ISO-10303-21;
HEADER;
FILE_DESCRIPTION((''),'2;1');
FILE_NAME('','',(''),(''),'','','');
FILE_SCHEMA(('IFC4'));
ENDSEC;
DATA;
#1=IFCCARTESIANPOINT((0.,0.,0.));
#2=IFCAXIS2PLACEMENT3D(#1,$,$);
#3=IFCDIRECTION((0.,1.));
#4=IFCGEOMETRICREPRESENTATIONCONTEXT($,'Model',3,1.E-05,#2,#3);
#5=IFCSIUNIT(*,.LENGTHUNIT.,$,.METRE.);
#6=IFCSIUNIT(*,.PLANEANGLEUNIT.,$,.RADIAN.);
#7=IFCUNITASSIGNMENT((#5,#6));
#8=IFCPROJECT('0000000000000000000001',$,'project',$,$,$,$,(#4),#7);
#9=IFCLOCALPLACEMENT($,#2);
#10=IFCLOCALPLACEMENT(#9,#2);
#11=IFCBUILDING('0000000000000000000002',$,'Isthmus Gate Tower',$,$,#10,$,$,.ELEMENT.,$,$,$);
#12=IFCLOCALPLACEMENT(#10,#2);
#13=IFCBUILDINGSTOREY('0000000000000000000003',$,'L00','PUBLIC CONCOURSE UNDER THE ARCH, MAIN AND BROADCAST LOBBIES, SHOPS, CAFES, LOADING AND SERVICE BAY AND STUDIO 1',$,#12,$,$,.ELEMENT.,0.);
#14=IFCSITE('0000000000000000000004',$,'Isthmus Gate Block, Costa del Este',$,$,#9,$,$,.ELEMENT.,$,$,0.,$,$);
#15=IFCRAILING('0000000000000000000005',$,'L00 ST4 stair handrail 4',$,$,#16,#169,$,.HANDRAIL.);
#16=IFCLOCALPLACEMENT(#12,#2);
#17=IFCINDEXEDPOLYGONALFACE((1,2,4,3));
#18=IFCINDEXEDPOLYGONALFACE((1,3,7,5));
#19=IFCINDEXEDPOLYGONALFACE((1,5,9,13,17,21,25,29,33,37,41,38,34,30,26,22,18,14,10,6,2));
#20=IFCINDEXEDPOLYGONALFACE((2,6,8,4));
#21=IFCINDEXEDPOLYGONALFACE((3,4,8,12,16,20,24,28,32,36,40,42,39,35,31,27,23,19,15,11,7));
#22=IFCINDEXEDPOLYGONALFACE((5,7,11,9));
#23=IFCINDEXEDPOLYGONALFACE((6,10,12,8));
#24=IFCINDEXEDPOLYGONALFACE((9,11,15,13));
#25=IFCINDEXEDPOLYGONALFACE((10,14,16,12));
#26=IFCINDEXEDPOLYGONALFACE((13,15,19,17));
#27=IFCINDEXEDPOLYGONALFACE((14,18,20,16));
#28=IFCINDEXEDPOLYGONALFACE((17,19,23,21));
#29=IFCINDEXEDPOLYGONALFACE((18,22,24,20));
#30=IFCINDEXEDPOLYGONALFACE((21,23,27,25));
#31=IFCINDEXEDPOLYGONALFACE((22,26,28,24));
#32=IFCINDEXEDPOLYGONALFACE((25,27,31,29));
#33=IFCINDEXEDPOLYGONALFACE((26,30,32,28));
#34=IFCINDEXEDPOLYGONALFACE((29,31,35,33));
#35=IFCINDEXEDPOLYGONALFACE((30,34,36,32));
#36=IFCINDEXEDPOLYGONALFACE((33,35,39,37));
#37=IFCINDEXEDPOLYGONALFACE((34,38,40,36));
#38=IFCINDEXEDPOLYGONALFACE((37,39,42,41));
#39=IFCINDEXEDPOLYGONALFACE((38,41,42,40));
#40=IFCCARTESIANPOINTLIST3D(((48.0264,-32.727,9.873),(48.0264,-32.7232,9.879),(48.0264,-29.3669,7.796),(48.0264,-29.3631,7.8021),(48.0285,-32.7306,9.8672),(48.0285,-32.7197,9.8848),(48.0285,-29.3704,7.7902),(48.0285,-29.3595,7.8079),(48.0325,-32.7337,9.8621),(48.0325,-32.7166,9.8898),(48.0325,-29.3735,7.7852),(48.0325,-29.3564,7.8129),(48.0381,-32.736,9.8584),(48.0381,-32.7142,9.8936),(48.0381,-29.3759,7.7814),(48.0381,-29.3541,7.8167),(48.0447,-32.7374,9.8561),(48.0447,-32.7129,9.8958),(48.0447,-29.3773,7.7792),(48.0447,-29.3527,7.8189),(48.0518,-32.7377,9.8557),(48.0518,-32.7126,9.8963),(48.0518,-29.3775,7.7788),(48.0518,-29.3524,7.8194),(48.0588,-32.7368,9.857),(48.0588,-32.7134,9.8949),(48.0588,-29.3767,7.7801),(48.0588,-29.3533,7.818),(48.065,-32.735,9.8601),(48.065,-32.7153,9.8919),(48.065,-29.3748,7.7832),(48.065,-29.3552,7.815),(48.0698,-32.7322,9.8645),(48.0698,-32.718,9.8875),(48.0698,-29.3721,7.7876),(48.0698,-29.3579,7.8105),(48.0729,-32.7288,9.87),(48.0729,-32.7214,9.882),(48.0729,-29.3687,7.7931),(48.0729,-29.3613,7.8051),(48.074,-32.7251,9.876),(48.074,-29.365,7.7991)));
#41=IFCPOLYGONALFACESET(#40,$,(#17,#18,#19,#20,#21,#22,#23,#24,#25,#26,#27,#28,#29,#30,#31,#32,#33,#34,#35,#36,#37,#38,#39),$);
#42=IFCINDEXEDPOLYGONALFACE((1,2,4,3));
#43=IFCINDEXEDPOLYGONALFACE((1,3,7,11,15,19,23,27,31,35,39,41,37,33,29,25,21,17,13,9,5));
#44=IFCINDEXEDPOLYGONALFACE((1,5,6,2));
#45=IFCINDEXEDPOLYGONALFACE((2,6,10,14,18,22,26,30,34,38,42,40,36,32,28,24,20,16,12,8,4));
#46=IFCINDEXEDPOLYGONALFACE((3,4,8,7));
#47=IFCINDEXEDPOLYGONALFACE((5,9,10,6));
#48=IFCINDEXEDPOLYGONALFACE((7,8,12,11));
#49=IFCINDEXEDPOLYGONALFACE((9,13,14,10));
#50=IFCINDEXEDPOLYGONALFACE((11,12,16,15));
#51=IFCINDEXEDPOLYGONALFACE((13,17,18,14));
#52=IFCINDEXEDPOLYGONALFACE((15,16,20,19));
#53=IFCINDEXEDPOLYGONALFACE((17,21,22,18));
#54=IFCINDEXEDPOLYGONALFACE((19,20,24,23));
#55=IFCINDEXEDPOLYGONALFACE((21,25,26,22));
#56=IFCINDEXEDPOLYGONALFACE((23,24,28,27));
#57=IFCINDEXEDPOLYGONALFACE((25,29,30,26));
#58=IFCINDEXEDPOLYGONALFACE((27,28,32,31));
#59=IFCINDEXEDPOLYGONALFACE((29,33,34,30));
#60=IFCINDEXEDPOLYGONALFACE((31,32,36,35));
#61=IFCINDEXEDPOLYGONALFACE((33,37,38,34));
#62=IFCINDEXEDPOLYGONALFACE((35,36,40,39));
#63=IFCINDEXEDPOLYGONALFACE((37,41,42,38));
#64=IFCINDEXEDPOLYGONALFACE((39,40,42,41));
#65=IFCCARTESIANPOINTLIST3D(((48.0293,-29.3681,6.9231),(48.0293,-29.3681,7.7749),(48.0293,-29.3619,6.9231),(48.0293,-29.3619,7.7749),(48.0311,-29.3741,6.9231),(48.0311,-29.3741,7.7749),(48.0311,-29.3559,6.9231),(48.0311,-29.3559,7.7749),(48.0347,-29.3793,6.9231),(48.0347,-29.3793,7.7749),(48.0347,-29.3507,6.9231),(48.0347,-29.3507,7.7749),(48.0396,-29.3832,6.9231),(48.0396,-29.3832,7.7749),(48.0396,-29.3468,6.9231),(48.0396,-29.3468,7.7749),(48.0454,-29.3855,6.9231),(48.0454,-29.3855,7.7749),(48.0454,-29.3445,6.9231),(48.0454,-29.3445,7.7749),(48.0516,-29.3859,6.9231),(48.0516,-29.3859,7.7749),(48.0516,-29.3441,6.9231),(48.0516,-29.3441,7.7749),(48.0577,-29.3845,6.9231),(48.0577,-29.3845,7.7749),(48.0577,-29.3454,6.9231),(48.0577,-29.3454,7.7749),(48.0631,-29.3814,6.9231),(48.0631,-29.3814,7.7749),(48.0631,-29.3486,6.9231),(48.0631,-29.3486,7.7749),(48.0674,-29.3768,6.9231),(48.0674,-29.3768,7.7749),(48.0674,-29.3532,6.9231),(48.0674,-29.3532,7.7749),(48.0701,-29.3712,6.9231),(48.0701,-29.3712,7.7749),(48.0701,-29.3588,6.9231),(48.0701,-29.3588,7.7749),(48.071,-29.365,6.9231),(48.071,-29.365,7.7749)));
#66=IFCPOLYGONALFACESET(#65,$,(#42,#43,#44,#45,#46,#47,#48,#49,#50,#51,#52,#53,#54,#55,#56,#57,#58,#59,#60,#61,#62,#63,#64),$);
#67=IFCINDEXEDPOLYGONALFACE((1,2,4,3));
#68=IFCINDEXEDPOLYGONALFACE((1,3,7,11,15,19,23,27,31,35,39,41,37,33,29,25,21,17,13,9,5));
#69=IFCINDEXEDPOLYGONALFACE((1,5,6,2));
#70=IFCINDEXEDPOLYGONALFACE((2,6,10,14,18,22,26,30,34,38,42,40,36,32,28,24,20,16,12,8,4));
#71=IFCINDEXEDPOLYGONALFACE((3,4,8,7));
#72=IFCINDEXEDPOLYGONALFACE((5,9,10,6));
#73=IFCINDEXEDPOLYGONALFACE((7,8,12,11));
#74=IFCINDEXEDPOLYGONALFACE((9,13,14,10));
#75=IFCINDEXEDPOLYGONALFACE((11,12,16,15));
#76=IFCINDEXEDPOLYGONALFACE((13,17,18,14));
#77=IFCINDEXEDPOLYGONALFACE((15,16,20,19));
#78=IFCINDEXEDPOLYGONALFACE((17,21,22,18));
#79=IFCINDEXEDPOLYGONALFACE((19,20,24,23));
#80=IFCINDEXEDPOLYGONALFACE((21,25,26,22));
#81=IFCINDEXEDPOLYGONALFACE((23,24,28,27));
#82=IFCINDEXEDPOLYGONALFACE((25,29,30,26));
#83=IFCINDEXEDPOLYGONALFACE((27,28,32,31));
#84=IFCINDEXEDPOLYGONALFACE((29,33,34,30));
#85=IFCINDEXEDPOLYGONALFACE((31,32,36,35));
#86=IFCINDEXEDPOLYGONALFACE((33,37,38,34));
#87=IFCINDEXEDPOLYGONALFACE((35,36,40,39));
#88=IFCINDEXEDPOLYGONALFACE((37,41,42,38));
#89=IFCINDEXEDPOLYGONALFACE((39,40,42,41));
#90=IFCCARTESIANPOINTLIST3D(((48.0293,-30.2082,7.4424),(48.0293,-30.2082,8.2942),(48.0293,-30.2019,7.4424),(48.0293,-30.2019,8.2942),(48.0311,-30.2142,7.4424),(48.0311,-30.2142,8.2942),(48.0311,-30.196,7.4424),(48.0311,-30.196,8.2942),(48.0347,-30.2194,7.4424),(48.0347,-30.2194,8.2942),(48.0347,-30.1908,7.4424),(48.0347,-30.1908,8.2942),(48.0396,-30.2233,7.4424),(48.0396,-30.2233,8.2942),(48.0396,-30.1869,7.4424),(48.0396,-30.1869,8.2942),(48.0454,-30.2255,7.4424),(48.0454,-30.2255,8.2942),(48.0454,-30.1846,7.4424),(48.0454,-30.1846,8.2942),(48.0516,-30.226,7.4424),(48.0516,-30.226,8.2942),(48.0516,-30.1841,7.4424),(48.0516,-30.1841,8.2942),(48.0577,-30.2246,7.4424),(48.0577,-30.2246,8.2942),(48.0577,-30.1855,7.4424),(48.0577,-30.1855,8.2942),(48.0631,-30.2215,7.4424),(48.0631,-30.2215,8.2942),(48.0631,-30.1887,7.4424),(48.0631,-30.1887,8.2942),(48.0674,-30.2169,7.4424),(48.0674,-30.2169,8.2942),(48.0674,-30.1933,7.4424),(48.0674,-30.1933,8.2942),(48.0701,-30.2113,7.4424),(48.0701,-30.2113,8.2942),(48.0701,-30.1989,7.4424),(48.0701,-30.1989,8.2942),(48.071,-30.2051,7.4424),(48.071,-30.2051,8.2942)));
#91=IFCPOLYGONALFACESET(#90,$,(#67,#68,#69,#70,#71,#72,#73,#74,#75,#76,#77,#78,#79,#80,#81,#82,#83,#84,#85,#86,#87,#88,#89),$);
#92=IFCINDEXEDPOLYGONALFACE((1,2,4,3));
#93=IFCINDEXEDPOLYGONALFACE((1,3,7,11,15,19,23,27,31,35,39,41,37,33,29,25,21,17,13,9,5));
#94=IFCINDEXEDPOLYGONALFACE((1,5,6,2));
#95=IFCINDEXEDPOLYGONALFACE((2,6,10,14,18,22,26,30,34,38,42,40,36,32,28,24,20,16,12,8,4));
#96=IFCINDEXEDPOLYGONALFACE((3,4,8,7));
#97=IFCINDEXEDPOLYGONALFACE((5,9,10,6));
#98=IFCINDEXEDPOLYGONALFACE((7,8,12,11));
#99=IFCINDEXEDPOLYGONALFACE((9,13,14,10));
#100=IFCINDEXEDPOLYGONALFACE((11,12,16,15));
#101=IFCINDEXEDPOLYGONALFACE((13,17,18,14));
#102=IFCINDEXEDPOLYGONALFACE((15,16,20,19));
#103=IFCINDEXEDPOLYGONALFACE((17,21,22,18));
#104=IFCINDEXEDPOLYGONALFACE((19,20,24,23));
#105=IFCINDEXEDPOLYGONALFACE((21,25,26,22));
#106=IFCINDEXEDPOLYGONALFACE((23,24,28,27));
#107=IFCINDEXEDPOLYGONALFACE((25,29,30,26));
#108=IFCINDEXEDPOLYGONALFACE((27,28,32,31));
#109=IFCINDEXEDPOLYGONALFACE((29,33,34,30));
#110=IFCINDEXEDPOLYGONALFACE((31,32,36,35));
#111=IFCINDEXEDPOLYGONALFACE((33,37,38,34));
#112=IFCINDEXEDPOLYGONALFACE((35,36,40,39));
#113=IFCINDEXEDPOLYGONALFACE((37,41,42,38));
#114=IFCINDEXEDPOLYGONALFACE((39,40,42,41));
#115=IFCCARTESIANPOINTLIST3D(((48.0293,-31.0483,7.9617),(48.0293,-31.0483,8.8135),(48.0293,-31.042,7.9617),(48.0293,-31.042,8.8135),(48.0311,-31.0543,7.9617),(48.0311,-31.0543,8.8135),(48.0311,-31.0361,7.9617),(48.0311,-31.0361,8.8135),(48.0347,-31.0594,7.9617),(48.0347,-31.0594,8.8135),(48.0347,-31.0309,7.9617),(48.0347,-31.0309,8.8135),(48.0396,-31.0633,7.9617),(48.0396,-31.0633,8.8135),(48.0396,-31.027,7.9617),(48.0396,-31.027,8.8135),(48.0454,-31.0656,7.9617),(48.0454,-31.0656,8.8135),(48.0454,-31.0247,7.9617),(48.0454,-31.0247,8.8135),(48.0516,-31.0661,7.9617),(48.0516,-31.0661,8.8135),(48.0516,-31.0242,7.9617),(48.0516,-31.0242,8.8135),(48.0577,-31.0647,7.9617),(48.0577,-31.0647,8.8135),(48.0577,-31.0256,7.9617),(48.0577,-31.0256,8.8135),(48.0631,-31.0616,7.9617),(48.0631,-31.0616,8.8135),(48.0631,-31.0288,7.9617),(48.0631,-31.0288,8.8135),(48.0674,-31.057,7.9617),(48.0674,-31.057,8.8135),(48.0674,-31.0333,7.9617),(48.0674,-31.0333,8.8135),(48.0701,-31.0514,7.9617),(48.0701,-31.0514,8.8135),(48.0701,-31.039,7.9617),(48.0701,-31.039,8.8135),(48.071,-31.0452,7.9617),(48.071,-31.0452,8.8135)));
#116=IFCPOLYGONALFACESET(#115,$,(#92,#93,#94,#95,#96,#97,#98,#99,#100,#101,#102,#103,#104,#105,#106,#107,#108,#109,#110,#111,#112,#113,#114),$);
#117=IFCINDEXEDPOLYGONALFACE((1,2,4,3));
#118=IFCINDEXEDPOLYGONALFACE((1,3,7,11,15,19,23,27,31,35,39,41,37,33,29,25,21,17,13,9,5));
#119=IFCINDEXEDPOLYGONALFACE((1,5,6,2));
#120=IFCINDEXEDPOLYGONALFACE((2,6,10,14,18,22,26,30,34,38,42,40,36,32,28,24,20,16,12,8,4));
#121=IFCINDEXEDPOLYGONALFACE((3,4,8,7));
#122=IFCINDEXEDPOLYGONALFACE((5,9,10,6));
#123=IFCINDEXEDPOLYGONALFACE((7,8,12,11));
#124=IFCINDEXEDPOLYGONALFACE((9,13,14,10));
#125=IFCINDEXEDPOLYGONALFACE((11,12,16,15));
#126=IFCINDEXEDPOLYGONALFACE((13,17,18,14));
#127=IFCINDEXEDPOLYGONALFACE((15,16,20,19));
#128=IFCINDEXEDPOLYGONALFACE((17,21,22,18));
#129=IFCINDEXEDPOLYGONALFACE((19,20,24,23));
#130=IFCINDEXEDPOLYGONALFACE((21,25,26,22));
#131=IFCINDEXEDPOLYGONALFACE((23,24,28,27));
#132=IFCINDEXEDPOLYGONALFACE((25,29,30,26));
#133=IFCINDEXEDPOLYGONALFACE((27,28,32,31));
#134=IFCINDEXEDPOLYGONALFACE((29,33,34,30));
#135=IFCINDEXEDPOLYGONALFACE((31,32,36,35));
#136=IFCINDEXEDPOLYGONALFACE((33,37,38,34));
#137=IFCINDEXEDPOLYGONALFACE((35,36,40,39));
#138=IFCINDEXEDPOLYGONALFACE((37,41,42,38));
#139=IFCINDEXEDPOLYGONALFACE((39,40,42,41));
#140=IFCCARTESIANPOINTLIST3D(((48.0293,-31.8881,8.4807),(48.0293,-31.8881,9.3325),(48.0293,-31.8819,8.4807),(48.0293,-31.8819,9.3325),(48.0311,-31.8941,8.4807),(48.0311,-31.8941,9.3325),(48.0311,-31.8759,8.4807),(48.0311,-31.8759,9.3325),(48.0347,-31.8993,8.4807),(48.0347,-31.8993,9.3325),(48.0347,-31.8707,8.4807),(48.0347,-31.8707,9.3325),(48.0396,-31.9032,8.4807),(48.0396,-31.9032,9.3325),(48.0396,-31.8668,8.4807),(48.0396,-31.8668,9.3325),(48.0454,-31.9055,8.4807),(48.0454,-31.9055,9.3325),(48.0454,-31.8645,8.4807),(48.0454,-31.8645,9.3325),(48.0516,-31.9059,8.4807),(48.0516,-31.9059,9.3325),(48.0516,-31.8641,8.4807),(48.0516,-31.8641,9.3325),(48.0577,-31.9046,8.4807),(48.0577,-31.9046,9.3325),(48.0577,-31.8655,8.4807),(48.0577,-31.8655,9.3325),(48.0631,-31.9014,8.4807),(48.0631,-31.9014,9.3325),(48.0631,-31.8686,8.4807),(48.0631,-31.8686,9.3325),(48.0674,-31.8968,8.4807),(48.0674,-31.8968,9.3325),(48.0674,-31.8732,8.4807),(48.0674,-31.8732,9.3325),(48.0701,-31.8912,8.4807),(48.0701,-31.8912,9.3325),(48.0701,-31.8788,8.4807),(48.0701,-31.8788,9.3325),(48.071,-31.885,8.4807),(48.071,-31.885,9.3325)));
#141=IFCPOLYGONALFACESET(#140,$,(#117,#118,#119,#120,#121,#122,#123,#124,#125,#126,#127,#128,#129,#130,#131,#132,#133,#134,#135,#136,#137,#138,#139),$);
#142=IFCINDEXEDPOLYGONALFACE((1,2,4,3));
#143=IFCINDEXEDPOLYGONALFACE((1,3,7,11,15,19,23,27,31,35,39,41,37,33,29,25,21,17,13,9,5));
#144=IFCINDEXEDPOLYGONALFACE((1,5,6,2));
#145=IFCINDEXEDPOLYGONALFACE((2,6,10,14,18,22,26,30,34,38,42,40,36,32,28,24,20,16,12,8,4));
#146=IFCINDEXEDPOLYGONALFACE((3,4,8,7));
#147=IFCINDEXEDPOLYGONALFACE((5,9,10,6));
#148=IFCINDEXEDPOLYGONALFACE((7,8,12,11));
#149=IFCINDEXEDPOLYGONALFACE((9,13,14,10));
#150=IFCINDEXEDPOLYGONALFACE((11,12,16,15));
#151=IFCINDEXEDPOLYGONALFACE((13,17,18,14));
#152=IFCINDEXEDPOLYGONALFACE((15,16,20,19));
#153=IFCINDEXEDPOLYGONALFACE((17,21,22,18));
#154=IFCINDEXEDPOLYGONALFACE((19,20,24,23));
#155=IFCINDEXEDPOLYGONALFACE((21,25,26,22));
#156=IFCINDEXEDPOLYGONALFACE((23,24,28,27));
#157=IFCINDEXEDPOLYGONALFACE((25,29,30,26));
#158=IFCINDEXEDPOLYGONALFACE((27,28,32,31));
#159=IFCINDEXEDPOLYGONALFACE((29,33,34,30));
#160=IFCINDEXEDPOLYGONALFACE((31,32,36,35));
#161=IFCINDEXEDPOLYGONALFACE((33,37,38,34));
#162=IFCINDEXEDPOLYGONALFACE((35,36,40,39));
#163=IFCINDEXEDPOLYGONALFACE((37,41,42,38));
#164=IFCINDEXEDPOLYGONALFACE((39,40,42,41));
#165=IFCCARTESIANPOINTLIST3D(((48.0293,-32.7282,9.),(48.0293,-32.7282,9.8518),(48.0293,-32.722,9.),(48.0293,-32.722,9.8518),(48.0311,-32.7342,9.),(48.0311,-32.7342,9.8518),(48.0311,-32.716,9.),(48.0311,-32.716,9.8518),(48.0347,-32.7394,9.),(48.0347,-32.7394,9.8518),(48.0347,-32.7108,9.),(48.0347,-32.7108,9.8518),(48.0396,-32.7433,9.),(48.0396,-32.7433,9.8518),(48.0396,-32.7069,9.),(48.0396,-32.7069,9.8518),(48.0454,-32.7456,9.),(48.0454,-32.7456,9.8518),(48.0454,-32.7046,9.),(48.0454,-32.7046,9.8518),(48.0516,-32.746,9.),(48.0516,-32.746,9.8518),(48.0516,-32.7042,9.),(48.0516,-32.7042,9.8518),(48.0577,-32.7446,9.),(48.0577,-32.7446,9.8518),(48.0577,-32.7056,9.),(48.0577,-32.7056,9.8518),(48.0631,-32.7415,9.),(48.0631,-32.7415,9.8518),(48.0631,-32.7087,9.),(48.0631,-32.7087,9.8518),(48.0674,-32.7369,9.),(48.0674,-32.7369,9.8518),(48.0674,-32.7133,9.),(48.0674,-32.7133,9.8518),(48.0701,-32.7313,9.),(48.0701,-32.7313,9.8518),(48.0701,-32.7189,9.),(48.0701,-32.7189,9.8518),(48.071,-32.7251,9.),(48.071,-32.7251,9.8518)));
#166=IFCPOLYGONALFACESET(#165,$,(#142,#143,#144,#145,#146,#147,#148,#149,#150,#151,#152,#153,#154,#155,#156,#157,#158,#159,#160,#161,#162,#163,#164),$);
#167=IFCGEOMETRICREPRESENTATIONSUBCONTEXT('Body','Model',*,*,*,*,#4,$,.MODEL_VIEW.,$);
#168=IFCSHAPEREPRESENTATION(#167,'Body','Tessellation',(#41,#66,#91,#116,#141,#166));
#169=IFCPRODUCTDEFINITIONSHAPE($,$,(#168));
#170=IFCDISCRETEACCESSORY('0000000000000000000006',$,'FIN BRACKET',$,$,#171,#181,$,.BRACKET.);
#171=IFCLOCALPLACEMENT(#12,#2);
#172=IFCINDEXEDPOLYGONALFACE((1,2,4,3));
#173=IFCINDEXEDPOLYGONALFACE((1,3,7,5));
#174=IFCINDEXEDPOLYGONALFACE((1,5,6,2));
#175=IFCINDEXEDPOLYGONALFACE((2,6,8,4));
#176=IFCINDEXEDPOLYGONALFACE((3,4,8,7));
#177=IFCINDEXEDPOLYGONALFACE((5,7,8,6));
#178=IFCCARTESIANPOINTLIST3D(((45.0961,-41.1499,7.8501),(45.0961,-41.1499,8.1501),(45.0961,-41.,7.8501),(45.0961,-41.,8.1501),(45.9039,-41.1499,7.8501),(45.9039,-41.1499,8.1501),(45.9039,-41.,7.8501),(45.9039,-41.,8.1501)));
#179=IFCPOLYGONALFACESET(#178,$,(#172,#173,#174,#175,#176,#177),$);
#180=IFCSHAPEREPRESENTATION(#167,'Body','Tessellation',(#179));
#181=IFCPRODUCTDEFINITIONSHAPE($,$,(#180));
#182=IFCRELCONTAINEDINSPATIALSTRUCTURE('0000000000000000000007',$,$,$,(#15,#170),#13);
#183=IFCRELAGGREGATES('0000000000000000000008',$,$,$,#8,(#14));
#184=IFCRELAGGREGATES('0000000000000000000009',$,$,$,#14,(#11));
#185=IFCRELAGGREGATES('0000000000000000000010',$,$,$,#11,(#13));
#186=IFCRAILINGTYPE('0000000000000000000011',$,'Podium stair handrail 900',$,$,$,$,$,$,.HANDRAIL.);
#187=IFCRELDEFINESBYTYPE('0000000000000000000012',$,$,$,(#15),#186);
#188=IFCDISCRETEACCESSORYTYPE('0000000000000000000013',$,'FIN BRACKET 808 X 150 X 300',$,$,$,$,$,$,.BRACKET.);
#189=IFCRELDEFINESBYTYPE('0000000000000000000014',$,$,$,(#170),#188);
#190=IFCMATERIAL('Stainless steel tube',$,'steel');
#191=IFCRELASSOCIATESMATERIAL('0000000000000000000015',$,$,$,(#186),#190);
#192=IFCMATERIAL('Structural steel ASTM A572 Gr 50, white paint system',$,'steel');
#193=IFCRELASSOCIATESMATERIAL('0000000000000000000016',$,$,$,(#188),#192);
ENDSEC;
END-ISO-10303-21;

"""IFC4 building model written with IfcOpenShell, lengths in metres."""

from ifc_helpers import new_model, si_unit, direction, frame, origin, origin_2d, place, context, subcontext, project, spatial, rectangle, circle, extrude, material, type_object, element, save


model = new_model("IFC4")

# Units and contexts
model_context = context("Model", 3, precision=1e-05, world=origin(), true_north=direction((0.0, 1.0)))
body_context = subcontext(model_context, "Body", "Model", "MODEL_VIEW")
ifc_project = project(units=[si_unit("LENGTHUNIT", "METRE"), si_unit("PLANEANGLEUNIT", "RADIAN")], contexts=[model_context])

# Site, building, storey
site_placement = place(None, origin())
site = spatial("IfcSite", under=ifc_project, at=site_placement, Name="Isthmus Gate Block, Costa del Este", CompositionType="ELEMENT", RefElevation=0.0)
building_placement = place(site_placement, origin())
building = spatial("IfcBuilding", under=site, at=building_placement, Name="Isthmus Gate Tower", CompositionType="ELEMENT")
storey_placement = place(building_placement, origin())
storey = spatial("IfcBuildingStorey", under=building, at=storey_placement, Name="L00", Description="PUBLIC CONCOURSE UNDER THE ARCH, MAIN AND BROADCAST LOBBIES, SHOPS, CAFES, LOADING AND SERVICE BAY AND STUDIO 1", CompositionType="ELEMENT", Elevation=0.0)

# Railing
ifc_material_1 = material(Name="Stainless steel tube", Category="steel")
railing_type_1 = type_object("IfcRailingType", Name="Podium stair handrail 900", PredefinedType="HANDRAIL", material=ifc_material_1)
railing_1_placement = place(storey_placement, frame((48.05, -29.365, 6.9231)))
element("IfcRailing", 1, at=railing_1_placement, inside=storey, type_object=railing_type_1, Name="L00 ST4 stair handrail 4", PredefinedType="HANDRAIL", context=body_context, shape_type="SweptSolid", body=[
    extrude(circle(Radius=0.0239, at=origin_2d()), frame((0.0, 0.0, 0.876), z_axis=(0.0, -0.850623, 0.525776), x_axis=(1.0, 0.0, 0.0)), (0.0, 0.0, 1.0), 3.9502),
    extrude(circle(Radius=0.021, at=origin_2d()), origin(), (0.0, 0.0, 1.0), 0.8518),
    extrude(circle(Radius=0.021, at=origin_2d()), frame((0.0, -0.8401, 0.5193)), (0.0, 0.0, 1.0), 0.8518),
    extrude(circle(Radius=0.021, at=origin_2d()), frame((0.0, -1.6802, 1.0386)), (0.0, 0.0, 1.0), 0.8518),
    extrude(circle(Radius=0.021, at=origin_2d()), frame((0.0, -2.52, 1.5576)), (0.0, 0.0, 1.0), 0.8518),
    extrude(circle(Radius=0.021, at=origin_2d()), frame((0.0, -3.3601, 2.0769)), (0.0, 0.0, 1.0), 0.8518),
])

# Discrete accessory
ifc_material_2 = material(Name="Structural steel ASTM A572 Gr 50, white paint system", Category="steel")
discrete_accessory_type = type_object("IfcDiscreteAccessoryType", Name="FIN BRACKET 808 X 150 X 300", PredefinedType="BRACKET", material=ifc_material_2)
discrete_accessory_placement = place(storey_placement, frame((45.5, -41.075, 7.8501), z_axis=(0.0, 0.0, 1.0), x_axis=(0.0, -1.0, 0.0)))
element("IfcDiscreteAccessory", 2, at=discrete_accessory_placement, inside=storey, type_object=discrete_accessory_type, Name="FIN BRACKET", PredefinedType="BRACKET", context=body_context, shape_type="SweptSolid", body=[
    extrude(rectangle(XDim=0.1499, YDim=0.8079, at=origin_2d()), origin(), (0.0, 0.0, 1.0), 0.3),
])

save(model, "model.ifc")
